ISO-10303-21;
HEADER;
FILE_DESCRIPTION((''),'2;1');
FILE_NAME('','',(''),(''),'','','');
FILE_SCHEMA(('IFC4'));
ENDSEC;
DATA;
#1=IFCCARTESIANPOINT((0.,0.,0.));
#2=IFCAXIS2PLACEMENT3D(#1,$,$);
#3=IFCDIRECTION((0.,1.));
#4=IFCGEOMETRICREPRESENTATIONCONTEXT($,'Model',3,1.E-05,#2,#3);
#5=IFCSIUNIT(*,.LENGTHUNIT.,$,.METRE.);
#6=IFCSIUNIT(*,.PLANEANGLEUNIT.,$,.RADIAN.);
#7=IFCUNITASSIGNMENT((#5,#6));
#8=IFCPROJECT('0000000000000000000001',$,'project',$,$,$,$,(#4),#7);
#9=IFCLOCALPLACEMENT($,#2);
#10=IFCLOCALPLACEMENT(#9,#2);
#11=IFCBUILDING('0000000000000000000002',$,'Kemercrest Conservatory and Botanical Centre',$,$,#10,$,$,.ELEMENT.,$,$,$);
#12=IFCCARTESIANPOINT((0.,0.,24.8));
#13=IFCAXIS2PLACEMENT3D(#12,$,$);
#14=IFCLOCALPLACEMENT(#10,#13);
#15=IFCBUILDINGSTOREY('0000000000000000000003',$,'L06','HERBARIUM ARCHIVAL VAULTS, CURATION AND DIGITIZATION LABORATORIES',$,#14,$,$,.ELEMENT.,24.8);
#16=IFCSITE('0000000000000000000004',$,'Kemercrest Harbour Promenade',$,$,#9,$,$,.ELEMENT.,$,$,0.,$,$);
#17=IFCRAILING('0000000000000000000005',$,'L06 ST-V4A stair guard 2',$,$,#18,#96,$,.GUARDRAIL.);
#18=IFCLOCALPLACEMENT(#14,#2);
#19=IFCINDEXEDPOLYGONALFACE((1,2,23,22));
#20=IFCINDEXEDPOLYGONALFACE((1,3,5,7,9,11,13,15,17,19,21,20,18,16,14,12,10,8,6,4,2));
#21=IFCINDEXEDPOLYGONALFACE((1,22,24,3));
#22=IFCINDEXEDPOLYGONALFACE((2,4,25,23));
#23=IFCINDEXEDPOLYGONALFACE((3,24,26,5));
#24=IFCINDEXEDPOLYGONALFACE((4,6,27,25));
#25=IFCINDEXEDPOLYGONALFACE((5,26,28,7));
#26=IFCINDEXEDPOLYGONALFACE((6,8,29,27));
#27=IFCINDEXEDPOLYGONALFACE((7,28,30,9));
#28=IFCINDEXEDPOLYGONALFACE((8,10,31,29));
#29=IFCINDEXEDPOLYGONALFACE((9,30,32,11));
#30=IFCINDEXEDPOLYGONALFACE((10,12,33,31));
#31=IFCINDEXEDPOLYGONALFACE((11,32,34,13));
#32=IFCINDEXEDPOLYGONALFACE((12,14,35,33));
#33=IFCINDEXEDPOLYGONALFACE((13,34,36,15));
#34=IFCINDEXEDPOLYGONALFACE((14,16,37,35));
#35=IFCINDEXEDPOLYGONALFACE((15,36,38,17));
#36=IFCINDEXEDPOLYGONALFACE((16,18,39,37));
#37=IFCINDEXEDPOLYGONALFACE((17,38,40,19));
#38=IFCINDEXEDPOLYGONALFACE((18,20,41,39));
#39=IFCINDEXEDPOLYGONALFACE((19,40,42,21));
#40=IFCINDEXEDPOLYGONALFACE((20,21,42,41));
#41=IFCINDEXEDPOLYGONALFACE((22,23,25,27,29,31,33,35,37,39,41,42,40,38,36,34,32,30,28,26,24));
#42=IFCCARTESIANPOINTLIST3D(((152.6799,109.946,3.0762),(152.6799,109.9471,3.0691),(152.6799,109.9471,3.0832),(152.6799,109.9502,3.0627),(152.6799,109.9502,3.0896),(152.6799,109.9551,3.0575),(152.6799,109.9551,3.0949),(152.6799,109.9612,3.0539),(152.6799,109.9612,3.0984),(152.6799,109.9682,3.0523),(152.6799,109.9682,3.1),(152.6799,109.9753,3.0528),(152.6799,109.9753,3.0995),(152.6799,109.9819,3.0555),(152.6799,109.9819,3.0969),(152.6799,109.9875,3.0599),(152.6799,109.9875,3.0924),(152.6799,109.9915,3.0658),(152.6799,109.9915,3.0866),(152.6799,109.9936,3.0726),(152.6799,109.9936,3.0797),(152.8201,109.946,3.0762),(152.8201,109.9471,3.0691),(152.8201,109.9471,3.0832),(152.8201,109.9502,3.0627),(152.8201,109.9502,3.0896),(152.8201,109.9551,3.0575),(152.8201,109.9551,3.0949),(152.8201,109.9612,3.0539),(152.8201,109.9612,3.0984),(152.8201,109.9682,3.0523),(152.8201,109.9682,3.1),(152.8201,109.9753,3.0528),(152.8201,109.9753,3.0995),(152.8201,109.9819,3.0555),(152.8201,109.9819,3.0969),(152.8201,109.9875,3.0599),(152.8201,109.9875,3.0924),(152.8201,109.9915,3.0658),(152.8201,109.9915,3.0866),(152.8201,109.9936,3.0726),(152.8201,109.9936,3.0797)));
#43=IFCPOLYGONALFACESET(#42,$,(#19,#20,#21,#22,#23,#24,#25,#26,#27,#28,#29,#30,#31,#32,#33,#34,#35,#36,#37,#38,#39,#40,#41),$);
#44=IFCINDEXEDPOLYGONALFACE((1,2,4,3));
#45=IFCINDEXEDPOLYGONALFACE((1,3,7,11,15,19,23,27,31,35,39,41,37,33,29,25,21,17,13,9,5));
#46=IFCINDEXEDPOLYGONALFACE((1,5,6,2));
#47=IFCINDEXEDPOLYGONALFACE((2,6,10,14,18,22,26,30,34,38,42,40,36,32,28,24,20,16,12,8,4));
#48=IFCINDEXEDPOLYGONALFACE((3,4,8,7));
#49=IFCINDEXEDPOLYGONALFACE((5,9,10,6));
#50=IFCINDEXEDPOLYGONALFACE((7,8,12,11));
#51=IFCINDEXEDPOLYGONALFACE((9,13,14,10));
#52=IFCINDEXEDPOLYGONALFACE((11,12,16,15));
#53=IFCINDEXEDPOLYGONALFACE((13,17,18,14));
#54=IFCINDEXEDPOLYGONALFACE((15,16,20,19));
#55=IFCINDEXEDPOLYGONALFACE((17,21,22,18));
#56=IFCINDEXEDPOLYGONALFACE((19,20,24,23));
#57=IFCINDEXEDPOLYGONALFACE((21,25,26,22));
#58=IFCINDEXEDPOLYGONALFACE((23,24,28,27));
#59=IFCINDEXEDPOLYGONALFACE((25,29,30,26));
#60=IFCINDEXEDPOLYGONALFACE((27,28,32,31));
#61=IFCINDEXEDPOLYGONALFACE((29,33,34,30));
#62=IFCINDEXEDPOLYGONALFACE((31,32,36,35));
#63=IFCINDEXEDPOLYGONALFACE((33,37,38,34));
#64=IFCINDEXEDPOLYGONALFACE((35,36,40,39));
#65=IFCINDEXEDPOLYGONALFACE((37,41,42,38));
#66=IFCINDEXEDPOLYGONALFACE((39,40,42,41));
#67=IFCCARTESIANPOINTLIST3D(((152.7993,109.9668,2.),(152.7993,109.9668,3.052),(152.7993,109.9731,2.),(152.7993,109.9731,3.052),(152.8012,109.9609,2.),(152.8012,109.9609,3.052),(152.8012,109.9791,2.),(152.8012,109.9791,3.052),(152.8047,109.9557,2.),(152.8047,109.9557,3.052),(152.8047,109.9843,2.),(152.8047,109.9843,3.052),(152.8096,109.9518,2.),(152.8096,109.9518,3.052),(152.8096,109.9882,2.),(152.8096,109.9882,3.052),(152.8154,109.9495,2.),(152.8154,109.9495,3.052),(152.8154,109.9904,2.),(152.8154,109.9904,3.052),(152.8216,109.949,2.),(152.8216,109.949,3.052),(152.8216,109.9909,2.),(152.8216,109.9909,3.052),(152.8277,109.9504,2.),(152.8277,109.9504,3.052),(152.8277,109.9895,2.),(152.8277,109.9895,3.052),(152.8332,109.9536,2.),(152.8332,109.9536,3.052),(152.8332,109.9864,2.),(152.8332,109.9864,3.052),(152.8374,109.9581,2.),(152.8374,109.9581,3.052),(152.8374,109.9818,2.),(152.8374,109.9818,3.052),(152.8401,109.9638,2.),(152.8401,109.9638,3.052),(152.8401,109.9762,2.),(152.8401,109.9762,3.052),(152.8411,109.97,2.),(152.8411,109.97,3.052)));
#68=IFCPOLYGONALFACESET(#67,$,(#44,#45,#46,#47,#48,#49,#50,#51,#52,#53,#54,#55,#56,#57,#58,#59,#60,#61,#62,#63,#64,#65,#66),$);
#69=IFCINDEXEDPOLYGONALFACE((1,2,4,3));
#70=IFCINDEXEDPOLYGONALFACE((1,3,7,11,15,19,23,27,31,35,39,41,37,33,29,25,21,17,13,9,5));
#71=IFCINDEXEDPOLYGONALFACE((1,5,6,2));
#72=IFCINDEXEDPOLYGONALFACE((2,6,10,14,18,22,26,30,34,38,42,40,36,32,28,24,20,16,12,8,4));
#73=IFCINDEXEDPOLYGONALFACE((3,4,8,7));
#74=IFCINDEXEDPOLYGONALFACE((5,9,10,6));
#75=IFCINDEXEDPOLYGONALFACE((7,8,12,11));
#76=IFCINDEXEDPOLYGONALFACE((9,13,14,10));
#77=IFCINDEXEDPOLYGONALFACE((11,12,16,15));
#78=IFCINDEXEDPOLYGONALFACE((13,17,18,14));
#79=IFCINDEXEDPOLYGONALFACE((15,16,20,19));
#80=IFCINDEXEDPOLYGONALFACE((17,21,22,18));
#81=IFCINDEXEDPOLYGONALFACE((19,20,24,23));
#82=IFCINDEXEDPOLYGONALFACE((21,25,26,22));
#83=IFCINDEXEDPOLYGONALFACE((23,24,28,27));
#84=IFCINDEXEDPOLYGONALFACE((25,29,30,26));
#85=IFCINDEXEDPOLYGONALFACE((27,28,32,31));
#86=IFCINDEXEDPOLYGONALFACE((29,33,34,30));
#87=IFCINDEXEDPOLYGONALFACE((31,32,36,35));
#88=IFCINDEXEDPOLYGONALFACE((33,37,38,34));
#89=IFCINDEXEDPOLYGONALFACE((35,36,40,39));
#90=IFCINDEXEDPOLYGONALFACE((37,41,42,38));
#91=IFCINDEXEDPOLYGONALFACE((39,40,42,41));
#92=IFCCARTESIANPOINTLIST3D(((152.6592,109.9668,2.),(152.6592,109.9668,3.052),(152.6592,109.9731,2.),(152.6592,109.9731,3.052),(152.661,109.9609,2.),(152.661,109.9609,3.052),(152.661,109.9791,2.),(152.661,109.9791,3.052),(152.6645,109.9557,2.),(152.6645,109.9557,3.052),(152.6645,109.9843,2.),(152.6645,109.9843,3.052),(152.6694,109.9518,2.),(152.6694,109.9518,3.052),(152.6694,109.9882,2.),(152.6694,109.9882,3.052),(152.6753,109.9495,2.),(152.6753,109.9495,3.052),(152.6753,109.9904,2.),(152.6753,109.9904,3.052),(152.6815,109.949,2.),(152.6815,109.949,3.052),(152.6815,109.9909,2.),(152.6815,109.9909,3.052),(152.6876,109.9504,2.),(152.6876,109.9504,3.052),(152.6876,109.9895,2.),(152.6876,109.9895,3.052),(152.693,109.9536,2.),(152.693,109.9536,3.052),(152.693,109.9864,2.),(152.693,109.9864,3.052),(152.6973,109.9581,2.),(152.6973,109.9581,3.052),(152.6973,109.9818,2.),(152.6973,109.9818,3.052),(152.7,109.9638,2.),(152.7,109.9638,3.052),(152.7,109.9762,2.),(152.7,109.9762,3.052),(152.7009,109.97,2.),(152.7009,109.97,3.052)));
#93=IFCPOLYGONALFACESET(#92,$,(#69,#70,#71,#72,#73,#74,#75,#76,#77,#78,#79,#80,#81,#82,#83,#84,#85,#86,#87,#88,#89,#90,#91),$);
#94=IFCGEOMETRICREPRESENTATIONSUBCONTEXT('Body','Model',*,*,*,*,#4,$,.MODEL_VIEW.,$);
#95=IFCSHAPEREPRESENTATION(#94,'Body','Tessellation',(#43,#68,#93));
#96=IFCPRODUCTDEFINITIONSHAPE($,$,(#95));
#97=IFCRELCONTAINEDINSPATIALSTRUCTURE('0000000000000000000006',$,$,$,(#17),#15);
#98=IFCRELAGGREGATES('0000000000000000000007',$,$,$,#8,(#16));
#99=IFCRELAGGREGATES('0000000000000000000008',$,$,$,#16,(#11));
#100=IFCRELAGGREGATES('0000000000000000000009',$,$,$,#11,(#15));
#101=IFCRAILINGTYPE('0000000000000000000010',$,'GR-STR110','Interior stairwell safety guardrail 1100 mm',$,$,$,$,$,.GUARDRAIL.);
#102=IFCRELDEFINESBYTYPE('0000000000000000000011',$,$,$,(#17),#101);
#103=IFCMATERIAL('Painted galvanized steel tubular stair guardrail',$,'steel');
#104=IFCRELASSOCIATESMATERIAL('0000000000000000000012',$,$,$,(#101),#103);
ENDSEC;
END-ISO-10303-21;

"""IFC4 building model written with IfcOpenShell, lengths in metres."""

from ifc_helpers import new_model, si_unit, direction, frame, origin, origin_2d, place, context, subcontext, project, spatial, circle, extrude, material, type_object, element, save


model = new_model("IFC4")

# Units and contexts
model_context = context("Model", 3, precision=1e-05, world=origin(), true_north=direction((0.0, 1.0)))
body_context = subcontext(model_context, "Body", "Model", "MODEL_VIEW")
ifc_project = project(units=[si_unit("LENGTHUNIT", "METRE"), si_unit("PLANEANGLEUNIT", "RADIAN")], contexts=[model_context])

# Site, building, storey
site_placement = place(None, origin())
site = spatial("IfcSite", under=ifc_project, at=site_placement, Name="Kemercrest Harbour Promenade", CompositionType="ELEMENT", RefElevation=0.0)
building_placement = place(site_placement, origin())
building = spatial("IfcBuilding", under=site, at=building_placement, Name="Kemercrest Conservatory and Botanical Centre", CompositionType="ELEMENT")
storey_placement = place(building_placement, frame((0.0, 0.0, 24.8)))
storey = spatial("IfcBuildingStorey", under=building, at=storey_placement, Name="L06", Description="HERBARIUM ARCHIVAL VAULTS, CURATION AND DIGITIZATION LABORATORIES", CompositionType="ELEMENT", Elevation=24.8)

# Railing
ifc_material_1 = material(Name="Painted galvanized steel tubular stair guardrail", Category="steel")
railing_type_1 = type_object("IfcRailingType", Name="GR-STR110", Description="Interior stairwell safety guardrail 1100 mm", PredefinedType="GUARDRAIL", material=ifc_material_1)
railing_1_placement = place(storey_placement, frame((152.8201, 109.97, 2.0)))
element("IfcRailing", 1, at=railing_1_placement, inside=storey, type_object=railing_type_1, Name="L06 ST-V4A stair guard 2", PredefinedType="GUARDRAIL", context=body_context, shape_type="SweptSolid", body=[
    extrude(circle(Radius=0.0239, at=origin_2d()), frame((0.0, 0.0, 1.0762), z_axis=(-1.0, 0.0, 0.0), x_axis=(0.0, -1.0, 0.0)), (0.0, 0.0, 1.0), 0.1401),
    extrude(circle(Radius=0.021, at=origin_2d()), origin(), (0.0, 0.0, 1.0), 1.052),
    extrude(circle(Radius=0.021, at=origin_2d()), frame((-0.1401, 0.0, 0.0)), (0.0, 0.0, 1.0), 1.052),
])

save(model, "model.ifc")
